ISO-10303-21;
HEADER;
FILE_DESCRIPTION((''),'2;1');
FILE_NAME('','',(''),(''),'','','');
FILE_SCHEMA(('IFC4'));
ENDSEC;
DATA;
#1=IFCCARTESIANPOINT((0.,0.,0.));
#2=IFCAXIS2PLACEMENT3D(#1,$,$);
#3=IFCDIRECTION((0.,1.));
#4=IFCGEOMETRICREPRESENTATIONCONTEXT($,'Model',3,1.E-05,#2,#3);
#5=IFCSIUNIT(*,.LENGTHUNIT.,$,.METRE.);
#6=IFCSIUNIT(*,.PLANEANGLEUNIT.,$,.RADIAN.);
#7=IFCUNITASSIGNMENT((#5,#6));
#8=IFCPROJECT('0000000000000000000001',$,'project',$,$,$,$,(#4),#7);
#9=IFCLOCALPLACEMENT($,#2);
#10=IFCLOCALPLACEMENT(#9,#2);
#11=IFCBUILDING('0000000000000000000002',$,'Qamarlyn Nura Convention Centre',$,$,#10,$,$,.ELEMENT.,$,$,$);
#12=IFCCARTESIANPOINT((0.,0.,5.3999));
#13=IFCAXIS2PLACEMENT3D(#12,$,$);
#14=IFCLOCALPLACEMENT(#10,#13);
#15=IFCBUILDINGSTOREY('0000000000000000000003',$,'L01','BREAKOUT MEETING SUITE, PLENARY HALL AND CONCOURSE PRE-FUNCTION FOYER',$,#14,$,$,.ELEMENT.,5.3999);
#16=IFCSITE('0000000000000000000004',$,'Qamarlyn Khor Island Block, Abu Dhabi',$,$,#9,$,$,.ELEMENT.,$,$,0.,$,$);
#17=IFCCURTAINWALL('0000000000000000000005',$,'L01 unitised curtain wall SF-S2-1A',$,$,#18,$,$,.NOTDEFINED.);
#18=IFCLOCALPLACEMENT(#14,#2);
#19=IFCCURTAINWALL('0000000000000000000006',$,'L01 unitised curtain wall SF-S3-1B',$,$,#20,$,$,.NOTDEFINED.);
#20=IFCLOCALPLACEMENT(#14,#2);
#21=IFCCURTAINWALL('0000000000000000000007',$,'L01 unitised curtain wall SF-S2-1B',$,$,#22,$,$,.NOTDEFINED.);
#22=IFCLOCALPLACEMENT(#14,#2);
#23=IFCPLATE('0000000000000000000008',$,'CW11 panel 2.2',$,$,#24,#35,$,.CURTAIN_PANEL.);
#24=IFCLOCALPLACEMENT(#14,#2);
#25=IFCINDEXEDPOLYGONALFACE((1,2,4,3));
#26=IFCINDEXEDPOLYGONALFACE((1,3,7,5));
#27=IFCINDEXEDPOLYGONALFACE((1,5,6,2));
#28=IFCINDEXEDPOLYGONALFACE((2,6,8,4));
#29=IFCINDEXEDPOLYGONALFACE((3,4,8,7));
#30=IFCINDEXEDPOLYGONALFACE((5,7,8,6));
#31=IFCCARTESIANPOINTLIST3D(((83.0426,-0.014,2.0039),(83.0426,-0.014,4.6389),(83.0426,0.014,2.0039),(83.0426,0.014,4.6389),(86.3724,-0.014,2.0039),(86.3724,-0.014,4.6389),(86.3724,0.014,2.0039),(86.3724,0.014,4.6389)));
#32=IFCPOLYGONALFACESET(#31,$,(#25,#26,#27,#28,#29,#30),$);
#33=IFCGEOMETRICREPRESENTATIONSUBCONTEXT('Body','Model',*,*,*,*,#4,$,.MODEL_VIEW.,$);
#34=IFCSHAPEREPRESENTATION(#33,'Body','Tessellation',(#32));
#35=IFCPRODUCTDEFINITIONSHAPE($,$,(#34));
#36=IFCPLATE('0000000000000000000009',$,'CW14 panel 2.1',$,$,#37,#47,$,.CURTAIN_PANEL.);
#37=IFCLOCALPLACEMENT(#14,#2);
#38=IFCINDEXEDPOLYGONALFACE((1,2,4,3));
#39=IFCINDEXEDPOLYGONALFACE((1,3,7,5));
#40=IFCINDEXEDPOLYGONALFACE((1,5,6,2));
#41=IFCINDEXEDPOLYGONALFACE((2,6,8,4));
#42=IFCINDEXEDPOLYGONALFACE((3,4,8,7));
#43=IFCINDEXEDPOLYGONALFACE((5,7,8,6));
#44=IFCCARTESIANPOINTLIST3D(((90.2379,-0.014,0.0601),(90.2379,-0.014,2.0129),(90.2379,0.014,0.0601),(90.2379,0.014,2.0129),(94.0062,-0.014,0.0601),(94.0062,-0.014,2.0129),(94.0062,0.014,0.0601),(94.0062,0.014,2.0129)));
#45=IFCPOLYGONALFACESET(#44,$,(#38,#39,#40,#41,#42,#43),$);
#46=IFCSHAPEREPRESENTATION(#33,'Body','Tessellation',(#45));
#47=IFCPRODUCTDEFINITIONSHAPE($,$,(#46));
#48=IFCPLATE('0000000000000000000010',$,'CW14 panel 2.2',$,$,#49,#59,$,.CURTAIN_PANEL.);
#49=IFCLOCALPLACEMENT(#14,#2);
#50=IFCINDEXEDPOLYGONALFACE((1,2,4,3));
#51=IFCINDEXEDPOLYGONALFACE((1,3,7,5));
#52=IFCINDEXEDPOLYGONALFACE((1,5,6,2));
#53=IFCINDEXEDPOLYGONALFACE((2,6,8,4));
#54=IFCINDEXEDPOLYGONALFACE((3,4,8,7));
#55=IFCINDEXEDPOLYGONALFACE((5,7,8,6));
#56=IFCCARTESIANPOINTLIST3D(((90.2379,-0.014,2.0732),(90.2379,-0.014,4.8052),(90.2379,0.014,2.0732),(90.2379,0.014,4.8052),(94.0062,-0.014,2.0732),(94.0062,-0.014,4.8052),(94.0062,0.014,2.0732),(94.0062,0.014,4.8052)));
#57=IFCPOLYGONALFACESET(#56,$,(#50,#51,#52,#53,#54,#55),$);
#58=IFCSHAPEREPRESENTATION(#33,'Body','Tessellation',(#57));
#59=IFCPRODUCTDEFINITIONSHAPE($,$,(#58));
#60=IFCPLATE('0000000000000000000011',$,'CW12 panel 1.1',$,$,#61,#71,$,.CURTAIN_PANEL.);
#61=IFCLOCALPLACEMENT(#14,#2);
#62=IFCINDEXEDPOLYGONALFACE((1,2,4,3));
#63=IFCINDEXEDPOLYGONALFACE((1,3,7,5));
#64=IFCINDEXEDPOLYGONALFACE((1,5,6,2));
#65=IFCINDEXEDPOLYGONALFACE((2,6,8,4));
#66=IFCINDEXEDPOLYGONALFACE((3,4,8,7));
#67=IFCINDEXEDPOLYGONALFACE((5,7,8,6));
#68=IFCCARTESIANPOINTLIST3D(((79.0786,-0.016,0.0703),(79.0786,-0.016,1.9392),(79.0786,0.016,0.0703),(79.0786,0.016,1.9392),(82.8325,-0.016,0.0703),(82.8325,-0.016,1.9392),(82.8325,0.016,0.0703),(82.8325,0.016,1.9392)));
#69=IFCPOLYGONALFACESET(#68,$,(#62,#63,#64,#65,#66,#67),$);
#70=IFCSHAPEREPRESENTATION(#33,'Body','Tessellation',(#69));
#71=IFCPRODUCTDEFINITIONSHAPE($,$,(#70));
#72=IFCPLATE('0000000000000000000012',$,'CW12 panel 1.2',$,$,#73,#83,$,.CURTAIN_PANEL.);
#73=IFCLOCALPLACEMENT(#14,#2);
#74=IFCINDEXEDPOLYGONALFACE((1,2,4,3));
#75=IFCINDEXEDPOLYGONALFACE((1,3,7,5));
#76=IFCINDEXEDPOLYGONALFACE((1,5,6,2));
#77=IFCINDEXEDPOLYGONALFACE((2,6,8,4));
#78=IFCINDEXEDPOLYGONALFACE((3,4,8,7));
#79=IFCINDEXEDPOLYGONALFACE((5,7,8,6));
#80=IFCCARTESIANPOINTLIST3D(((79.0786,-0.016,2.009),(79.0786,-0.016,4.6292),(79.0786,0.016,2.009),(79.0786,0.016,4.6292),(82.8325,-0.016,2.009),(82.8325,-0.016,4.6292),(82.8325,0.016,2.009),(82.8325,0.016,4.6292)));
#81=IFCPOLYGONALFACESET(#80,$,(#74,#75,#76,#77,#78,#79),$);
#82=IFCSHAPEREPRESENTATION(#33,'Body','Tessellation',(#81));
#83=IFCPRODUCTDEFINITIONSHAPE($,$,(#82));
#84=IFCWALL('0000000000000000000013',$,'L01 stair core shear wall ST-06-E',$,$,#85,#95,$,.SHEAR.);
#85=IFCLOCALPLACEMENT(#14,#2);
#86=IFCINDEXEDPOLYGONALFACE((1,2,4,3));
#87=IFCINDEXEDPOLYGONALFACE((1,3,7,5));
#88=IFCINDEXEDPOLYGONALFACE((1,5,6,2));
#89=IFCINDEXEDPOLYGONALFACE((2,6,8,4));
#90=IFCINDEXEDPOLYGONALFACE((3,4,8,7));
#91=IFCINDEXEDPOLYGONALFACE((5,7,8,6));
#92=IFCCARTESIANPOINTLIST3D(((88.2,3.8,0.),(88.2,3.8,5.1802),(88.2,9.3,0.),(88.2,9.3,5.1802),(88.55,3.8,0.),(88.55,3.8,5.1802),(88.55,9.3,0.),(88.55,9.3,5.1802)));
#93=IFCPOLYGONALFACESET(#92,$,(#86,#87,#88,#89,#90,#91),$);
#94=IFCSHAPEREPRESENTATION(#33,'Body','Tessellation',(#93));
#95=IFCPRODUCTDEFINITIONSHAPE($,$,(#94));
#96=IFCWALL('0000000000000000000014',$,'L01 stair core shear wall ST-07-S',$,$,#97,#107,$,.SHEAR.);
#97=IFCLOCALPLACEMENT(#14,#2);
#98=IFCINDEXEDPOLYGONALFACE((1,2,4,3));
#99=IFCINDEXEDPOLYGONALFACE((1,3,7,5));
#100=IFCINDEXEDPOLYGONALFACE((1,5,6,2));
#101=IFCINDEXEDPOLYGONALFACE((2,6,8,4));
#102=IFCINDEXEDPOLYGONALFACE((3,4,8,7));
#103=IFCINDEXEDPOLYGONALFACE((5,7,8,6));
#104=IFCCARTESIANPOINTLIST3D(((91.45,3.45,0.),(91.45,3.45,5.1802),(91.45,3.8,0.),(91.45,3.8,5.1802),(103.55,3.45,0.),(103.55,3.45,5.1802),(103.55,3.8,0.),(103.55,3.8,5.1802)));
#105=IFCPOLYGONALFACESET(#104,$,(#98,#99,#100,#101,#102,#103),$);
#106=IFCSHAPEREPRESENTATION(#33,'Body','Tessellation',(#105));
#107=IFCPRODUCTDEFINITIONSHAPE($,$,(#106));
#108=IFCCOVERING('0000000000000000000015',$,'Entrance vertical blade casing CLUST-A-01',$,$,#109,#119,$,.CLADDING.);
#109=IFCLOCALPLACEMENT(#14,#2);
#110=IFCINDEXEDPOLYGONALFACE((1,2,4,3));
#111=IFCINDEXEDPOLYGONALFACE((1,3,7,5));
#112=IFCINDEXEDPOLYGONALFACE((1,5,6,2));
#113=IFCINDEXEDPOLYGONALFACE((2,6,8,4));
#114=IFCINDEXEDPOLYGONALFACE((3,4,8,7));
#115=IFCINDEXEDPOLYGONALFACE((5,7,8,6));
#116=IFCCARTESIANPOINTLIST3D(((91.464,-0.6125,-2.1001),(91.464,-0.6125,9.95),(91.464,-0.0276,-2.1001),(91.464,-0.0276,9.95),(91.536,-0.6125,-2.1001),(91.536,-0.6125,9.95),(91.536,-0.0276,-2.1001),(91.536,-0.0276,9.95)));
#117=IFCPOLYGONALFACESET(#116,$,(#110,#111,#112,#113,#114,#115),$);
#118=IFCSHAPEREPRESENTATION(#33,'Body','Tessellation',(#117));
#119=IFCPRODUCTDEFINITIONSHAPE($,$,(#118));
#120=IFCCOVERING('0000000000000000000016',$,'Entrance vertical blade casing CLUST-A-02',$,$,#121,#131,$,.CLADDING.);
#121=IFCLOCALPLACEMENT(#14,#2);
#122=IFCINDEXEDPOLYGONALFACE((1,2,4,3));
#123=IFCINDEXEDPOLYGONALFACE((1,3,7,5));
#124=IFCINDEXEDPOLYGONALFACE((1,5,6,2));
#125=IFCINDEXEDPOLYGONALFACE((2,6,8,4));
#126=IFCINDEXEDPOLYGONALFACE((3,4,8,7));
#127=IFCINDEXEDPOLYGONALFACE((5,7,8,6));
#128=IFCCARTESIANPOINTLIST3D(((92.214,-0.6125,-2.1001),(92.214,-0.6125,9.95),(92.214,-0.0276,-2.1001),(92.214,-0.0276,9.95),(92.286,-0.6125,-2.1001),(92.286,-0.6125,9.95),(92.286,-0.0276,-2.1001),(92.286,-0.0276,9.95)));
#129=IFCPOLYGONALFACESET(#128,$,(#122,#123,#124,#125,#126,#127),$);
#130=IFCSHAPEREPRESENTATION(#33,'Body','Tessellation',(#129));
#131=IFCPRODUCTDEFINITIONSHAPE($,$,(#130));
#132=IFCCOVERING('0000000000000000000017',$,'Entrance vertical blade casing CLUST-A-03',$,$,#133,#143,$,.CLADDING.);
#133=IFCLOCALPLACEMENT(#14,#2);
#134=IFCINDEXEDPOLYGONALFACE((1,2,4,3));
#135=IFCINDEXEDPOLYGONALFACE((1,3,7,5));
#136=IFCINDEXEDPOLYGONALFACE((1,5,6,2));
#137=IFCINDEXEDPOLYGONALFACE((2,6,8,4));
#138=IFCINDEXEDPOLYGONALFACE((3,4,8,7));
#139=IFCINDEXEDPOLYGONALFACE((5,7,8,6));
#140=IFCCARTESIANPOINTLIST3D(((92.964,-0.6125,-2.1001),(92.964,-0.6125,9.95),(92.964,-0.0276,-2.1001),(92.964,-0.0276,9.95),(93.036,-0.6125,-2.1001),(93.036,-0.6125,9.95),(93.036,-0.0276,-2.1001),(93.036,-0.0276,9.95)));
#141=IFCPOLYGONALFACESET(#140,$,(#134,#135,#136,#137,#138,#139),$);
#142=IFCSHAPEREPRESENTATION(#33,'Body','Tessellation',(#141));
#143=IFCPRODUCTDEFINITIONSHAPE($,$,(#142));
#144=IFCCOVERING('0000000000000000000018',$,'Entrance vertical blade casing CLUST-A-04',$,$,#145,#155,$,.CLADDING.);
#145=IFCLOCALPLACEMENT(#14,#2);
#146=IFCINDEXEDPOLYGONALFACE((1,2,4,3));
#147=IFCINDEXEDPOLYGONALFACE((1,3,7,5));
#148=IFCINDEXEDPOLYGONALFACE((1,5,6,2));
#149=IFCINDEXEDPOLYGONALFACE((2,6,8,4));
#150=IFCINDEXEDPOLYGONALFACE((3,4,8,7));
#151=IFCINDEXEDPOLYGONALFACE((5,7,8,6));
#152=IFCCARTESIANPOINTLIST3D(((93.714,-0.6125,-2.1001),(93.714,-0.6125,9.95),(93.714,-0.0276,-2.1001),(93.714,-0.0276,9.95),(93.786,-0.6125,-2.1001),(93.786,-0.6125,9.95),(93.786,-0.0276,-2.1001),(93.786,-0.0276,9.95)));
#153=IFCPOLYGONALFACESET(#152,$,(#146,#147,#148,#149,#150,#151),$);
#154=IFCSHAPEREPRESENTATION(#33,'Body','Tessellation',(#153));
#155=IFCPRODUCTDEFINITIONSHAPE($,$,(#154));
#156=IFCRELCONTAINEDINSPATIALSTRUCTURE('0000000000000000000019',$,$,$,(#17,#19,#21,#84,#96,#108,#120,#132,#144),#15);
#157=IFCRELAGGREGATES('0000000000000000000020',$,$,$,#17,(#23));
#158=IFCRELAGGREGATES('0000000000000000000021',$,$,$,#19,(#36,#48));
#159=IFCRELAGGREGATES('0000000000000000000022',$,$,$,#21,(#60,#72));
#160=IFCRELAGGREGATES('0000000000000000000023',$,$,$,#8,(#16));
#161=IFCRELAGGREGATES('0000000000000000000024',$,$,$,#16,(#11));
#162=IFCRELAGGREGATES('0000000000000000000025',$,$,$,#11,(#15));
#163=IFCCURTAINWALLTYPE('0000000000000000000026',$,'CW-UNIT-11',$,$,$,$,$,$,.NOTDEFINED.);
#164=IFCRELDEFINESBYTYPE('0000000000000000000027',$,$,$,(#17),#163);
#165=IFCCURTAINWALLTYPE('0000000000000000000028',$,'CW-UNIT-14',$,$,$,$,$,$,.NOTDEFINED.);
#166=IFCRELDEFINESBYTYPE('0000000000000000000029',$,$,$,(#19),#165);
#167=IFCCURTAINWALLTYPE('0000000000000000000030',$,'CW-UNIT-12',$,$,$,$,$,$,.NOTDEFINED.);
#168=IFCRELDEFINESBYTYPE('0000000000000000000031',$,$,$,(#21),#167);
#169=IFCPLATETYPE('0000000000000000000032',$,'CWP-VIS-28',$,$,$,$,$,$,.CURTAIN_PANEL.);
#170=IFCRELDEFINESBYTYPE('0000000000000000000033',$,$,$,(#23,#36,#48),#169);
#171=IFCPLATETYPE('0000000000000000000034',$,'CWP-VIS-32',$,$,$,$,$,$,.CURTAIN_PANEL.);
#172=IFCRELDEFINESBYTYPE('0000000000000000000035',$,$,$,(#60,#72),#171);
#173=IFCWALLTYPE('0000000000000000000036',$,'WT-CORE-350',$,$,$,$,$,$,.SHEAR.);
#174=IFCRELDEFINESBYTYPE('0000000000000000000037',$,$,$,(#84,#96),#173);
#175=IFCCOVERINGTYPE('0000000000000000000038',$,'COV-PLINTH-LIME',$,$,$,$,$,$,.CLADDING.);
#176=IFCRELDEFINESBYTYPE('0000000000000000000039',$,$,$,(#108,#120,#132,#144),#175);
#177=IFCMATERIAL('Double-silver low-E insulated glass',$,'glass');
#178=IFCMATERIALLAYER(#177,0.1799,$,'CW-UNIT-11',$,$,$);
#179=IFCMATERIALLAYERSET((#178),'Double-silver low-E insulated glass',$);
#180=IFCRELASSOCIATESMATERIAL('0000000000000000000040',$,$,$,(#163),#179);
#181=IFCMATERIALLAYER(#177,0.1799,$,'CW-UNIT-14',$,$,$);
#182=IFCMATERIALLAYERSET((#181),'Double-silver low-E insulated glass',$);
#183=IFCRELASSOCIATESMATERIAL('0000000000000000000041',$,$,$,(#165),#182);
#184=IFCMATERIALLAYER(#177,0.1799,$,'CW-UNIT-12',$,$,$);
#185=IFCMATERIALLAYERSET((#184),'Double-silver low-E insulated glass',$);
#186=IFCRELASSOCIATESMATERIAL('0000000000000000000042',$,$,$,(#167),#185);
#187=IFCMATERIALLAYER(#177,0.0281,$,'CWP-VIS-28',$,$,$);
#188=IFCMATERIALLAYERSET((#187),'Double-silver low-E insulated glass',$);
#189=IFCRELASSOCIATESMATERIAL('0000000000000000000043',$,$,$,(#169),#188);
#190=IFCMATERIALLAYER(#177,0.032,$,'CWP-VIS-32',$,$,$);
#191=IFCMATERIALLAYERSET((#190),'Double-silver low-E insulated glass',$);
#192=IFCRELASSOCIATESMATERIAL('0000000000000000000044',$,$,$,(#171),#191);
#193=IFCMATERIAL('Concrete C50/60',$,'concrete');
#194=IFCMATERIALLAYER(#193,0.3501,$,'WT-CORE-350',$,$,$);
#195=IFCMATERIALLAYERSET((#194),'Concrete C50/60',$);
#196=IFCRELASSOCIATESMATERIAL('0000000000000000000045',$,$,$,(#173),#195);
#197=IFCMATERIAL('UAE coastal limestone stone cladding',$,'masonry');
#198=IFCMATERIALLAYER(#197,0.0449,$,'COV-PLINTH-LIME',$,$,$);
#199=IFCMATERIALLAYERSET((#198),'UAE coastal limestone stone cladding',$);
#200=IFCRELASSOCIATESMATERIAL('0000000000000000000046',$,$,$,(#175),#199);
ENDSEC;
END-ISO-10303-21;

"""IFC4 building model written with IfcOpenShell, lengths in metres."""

from ifc_helpers import new_model, si_unit, direction, frame, frame_2d, origin, origin_2d, place, context, subcontext, project, spatial, rectangle, extrude, material, layer, layer_set, type_object, element, aggregate, save


model = new_model("IFC4")

# Units and contexts
model_context = context("Model", 3, precision=1e-05, world=origin(), true_north=direction((0.0, 1.0)))
body_context = subcontext(model_context, "Body", "Model", "MODEL_VIEW")
ifc_project = project(units=[si_unit("LENGTHUNIT", "METRE"), si_unit("PLANEANGLEUNIT", "RADIAN")], contexts=[model_context])

# Site, building, storey
site_placement = place(None, origin())
site = spatial("IfcSite", under=ifc_project, at=site_placement, Name="Qamarlyn Khor Island Block, Abu Dhabi", CompositionType="ELEMENT", RefElevation=0.0)
building_placement = place(site_placement, origin())
building = spatial("IfcBuilding", under=site, at=building_placement, Name="Qamarlyn Nura Convention Centre", CompositionType="ELEMENT")
storey_placement = place(building_placement, frame((0.0, 0.0, 5.3999)))
storey = spatial("IfcBuildingStorey", under=building, at=storey_placement, Name="L01", Description="BREAKOUT MEETING SUITE, PLENARY HALL AND CONCOURSE PRE-FUNCTION FOYER", CompositionType="ELEMENT", Elevation=5.3999)

# Curtain wall
ifc_material_1 = material(Name="Double-silver low-E insulated glass", Category="glass")
ifc_layer_1 = layer(ifc_material_1, 0.1799, Name="CW-UNIT-11")
ifc_layer_set_1 = layer_set([ifc_layer_1], Name="Double-silver low-E insulated glass")
curtain_wall_type_1 = type_object("IfcCurtainWallType", Name="CW-UNIT-11", PredefinedType="NOTDEFINED", material=ifc_layer_set_1)
curtain_wall_1_placement = place(storey_placement, origin())
curtain_wall_1 = element("IfcCurtainWall", 1, at=curtain_wall_1_placement, inside=storey, type_object=curtain_wall_type_1, Name="L01 unitised curtain wall SF-S2-1A", PredefinedType="NOTDEFINED")

# Curtain walls
ifc_layer_2 = layer(ifc_material_1, 0.1799, Name="CW-UNIT-14")
ifc_layer_set_2 = layer_set([ifc_layer_2], Name="Double-silver low-E insulated glass")
curtain_wall_type_2 = type_object("IfcCurtainWallType", Name="CW-UNIT-14", PredefinedType="NOTDEFINED", material=ifc_layer_set_2)
curtain_wall_2_placement = place(storey_placement, origin())
curtain_wall_2 = element("IfcCurtainWall", 2, at=curtain_wall_2_placement, inside=storey, type_object=curtain_wall_type_2, Name="L01 unitised curtain wall SF-S3-1B", PredefinedType="NOTDEFINED")
ifc_layer_3 = layer(ifc_material_1, 0.1799, Name="CW-UNIT-12")
ifc_layer_set_3 = layer_set([ifc_layer_3], Name="Double-silver low-E insulated glass")
curtain_wall_type_3 = type_object("IfcCurtainWallType", Name="CW-UNIT-12", PredefinedType="NOTDEFINED", material=ifc_layer_set_3)
curtain_wall_3_placement = place(storey_placement, origin())
curtain_wall_3 = element("IfcCurtainWall", 3, at=curtain_wall_3_placement, inside=storey, type_object=curtain_wall_type_3, Name="L01 unitised curtain wall SF-S2-1B", PredefinedType="NOTDEFINED")

# Plates
ifc_layer_4 = layer(ifc_material_1, 0.0281, Name="CWP-VIS-28")
ifc_layer_set_4 = layer_set([ifc_layer_4], Name="Double-silver low-E insulated glass")
plate_type_1 = type_object("IfcPlateType", Name="CWP-VIS-28", PredefinedType="CURTAIN_PANEL", material=ifc_layer_set_4)
plate_1_placement = place(storey_placement, frame((84.7075, 0.0, 2.0039), z_axis=(0.0, 0.0, 1.0), x_axis=(-1.0, 0.0, 0.0)))
plate_1 = element("IfcPlate", 4, at=plate_1_placement, type_object=plate_type_1, Name="CW11 panel 2.2", PredefinedType="CURTAIN_PANEL", context=body_context, shape_type="SweptSolid", body=[
    extrude(rectangle(XDim=3.3298, YDim=0.0281, at=origin_2d()), origin(), (0.0, 0.0, 1.0), 2.635),
])
aggregate(curtain_wall_1, [plate_1])
plate_2_placement = place(storey_placement, frame((92.1221, 0.0, 0.0601), z_axis=(0.0, 0.0, 1.0), x_axis=(-1.0, 0.0, 0.0)))
plate_2 = element("IfcPlate", 5, at=plate_2_placement, type_object=plate_type_1, Name="CW14 panel 2.1", PredefinedType="CURTAIN_PANEL", context=body_context, shape_type="SweptSolid", body=[
    extrude(rectangle(XDim=3.7683, YDim=0.0281, at=origin_2d()), origin(), (0.0, 0.0, 1.0), 1.9529),
])
plate_3_placement = place(storey_placement, frame((92.1221, 0.0, 2.0732), z_axis=(0.0, 0.0, 1.0), x_axis=(-1.0, 0.0, 0.0)))
plate_3 = element("IfcPlate", 6, at=plate_3_placement, type_object=plate_type_1, Name="CW14 panel 2.2", PredefinedType="CURTAIN_PANEL", context=body_context, shape_type="SweptSolid", body=[
    extrude(rectangle(XDim=3.7683, YDim=0.0281, at=origin_2d()), origin(), (0.0, 0.0, 1.0), 2.7319),
])
aggregate(curtain_wall_2, [plate_2, plate_3])
ifc_layer_5 = layer(ifc_material_1, 0.032, Name="CWP-VIS-32")
ifc_layer_set_5 = layer_set([ifc_layer_5], Name="Double-silver low-E insulated glass")
plate_type_2 = type_object("IfcPlateType", Name="CWP-VIS-32", PredefinedType="CURTAIN_PANEL", material=ifc_layer_set_5)
plate_4_placement = place(storey_placement, frame((80.9556, 0.0, 0.0703), z_axis=(0.0, 0.0, 1.0), x_axis=(-1.0, 0.0, 0.0)))
plate_4 = element("IfcPlate", 7, at=plate_4_placement, type_object=plate_type_2, Name="CW12 panel 1.1", PredefinedType="CURTAIN_PANEL", context=body_context, shape_type="SweptSolid", body=[
    extrude(rectangle(XDim=3.7539, YDim=0.032, at=origin_2d()), origin(), (0.0, 0.0, 1.0), 1.8689),
])
plate_5_placement = place(storey_placement, frame((80.9556, 0.0, 2.009), z_axis=(0.0, 0.0, 1.0), x_axis=(-1.0, 0.0, 0.0)))
plate_5 = element("IfcPlate", 8, at=plate_5_placement, type_object=plate_type_2, Name="CW12 panel 1.2", PredefinedType="CURTAIN_PANEL", context=body_context, shape_type="SweptSolid", body=[
    extrude(rectangle(XDim=3.7539, YDim=0.032, at=origin_2d()), origin(), (0.0, 0.0, 1.0), 2.6201),
])
aggregate(curtain_wall_3, [plate_4, plate_5])

# Walls
ifc_material_2 = material(Name="Concrete C50/60", Category="concrete")
ifc_layer_6 = layer(ifc_material_2, 0.3501, Name="WT-CORE-350")
ifc_layer_set_6 = layer_set([ifc_layer_6], Name="Concrete C50/60")
wall_type = type_object("IfcWallType", Name="WT-CORE-350", PredefinedType="SHEAR", material=ifc_layer_set_6)
wall_1_placement = place(storey_placement, frame((88.375, 3.8, 0.0), z_axis=(0.0, 0.0, 1.0), x_axis=(0.0, 1.0, 0.0)))
element("IfcWall", 9, at=wall_1_placement, inside=storey, type_object=wall_type, Name="L01 stair core shear wall ST-06-E", PredefinedType="SHEAR", context=body_context, shape_type="SweptSolid", body=[
    extrude(rectangle(XDim=5.5, YDim=0.3501, at=frame_2d((2.75, 0.0))), origin(), (0.0, 0.0, 1.0), 5.1802),
])
wall_2_placement = place(storey_placement, frame((91.45, 3.625, 0.0), z_axis=(0.0, 0.0, 1.0), x_axis=(1.0, 0.0, 0.0)))
element("IfcWall", 10, at=wall_2_placement, inside=storey, type_object=wall_type, Name="L01 stair core shear wall ST-07-S", PredefinedType="SHEAR", context=body_context, shape_type="SweptSolid", body=[
    extrude(rectangle(XDim=12.1001, YDim=0.3501, at=frame_2d((6.05, 0.0))), origin(), (0.0, 0.0, 1.0), 5.1802),
])

# Coverings
ifc_material_3 = material(Name="UAE coastal limestone stone cladding", Category="masonry")
ifc_layer_7 = layer(ifc_material_3, 0.0449, Name="COV-PLINTH-LIME")
ifc_layer_set_7 = layer_set([ifc_layer_7], Name="UAE coastal limestone stone cladding")
covering_type = type_object("IfcCoveringType", Name="COV-PLINTH-LIME", PredefinedType="CLADDING", material=ifc_layer_set_7)
for number, where, z_axis, x_axis, name in (
    (11, (91.5, -0.3201, -2.1001), (0.0, 0.0, 1.0), (0.0, -1.0, 0.0), "Entrance vertical blade casing CLUST-A-01"),
    (12, (92.25, -0.3201, -2.1001), (0.0, 0.0, 1.0), (0.0, -1.0, 0.0), "Entrance vertical blade casing CLUST-A-02"),
    (13, (93.0, -0.3201, -2.1001), (0.0, 0.0, 1.0), (0.0, -1.0, 0.0), "Entrance vertical blade casing CLUST-A-03"),
    (14, (93.75, -0.3201, -2.1001), (0.0, 0.0, 1.0), (0.0, -1.0, 0.0), "Entrance vertical blade casing CLUST-A-04"),
):
    element("IfcCovering", number, at=place(storey_placement, frame(where, z_axis=z_axis, x_axis=x_axis)), inside=storey, type_object=covering_type, Name=name, PredefinedType="CLADDING", context=body_context, shape_type="SweptSolid", body=[
        extrude(rectangle(XDim=0.585, YDim=0.072, at=origin_2d()), origin(), (0.0, 0.0, 1.0), 12.05),
    ])

save(model, "model.ifc")
